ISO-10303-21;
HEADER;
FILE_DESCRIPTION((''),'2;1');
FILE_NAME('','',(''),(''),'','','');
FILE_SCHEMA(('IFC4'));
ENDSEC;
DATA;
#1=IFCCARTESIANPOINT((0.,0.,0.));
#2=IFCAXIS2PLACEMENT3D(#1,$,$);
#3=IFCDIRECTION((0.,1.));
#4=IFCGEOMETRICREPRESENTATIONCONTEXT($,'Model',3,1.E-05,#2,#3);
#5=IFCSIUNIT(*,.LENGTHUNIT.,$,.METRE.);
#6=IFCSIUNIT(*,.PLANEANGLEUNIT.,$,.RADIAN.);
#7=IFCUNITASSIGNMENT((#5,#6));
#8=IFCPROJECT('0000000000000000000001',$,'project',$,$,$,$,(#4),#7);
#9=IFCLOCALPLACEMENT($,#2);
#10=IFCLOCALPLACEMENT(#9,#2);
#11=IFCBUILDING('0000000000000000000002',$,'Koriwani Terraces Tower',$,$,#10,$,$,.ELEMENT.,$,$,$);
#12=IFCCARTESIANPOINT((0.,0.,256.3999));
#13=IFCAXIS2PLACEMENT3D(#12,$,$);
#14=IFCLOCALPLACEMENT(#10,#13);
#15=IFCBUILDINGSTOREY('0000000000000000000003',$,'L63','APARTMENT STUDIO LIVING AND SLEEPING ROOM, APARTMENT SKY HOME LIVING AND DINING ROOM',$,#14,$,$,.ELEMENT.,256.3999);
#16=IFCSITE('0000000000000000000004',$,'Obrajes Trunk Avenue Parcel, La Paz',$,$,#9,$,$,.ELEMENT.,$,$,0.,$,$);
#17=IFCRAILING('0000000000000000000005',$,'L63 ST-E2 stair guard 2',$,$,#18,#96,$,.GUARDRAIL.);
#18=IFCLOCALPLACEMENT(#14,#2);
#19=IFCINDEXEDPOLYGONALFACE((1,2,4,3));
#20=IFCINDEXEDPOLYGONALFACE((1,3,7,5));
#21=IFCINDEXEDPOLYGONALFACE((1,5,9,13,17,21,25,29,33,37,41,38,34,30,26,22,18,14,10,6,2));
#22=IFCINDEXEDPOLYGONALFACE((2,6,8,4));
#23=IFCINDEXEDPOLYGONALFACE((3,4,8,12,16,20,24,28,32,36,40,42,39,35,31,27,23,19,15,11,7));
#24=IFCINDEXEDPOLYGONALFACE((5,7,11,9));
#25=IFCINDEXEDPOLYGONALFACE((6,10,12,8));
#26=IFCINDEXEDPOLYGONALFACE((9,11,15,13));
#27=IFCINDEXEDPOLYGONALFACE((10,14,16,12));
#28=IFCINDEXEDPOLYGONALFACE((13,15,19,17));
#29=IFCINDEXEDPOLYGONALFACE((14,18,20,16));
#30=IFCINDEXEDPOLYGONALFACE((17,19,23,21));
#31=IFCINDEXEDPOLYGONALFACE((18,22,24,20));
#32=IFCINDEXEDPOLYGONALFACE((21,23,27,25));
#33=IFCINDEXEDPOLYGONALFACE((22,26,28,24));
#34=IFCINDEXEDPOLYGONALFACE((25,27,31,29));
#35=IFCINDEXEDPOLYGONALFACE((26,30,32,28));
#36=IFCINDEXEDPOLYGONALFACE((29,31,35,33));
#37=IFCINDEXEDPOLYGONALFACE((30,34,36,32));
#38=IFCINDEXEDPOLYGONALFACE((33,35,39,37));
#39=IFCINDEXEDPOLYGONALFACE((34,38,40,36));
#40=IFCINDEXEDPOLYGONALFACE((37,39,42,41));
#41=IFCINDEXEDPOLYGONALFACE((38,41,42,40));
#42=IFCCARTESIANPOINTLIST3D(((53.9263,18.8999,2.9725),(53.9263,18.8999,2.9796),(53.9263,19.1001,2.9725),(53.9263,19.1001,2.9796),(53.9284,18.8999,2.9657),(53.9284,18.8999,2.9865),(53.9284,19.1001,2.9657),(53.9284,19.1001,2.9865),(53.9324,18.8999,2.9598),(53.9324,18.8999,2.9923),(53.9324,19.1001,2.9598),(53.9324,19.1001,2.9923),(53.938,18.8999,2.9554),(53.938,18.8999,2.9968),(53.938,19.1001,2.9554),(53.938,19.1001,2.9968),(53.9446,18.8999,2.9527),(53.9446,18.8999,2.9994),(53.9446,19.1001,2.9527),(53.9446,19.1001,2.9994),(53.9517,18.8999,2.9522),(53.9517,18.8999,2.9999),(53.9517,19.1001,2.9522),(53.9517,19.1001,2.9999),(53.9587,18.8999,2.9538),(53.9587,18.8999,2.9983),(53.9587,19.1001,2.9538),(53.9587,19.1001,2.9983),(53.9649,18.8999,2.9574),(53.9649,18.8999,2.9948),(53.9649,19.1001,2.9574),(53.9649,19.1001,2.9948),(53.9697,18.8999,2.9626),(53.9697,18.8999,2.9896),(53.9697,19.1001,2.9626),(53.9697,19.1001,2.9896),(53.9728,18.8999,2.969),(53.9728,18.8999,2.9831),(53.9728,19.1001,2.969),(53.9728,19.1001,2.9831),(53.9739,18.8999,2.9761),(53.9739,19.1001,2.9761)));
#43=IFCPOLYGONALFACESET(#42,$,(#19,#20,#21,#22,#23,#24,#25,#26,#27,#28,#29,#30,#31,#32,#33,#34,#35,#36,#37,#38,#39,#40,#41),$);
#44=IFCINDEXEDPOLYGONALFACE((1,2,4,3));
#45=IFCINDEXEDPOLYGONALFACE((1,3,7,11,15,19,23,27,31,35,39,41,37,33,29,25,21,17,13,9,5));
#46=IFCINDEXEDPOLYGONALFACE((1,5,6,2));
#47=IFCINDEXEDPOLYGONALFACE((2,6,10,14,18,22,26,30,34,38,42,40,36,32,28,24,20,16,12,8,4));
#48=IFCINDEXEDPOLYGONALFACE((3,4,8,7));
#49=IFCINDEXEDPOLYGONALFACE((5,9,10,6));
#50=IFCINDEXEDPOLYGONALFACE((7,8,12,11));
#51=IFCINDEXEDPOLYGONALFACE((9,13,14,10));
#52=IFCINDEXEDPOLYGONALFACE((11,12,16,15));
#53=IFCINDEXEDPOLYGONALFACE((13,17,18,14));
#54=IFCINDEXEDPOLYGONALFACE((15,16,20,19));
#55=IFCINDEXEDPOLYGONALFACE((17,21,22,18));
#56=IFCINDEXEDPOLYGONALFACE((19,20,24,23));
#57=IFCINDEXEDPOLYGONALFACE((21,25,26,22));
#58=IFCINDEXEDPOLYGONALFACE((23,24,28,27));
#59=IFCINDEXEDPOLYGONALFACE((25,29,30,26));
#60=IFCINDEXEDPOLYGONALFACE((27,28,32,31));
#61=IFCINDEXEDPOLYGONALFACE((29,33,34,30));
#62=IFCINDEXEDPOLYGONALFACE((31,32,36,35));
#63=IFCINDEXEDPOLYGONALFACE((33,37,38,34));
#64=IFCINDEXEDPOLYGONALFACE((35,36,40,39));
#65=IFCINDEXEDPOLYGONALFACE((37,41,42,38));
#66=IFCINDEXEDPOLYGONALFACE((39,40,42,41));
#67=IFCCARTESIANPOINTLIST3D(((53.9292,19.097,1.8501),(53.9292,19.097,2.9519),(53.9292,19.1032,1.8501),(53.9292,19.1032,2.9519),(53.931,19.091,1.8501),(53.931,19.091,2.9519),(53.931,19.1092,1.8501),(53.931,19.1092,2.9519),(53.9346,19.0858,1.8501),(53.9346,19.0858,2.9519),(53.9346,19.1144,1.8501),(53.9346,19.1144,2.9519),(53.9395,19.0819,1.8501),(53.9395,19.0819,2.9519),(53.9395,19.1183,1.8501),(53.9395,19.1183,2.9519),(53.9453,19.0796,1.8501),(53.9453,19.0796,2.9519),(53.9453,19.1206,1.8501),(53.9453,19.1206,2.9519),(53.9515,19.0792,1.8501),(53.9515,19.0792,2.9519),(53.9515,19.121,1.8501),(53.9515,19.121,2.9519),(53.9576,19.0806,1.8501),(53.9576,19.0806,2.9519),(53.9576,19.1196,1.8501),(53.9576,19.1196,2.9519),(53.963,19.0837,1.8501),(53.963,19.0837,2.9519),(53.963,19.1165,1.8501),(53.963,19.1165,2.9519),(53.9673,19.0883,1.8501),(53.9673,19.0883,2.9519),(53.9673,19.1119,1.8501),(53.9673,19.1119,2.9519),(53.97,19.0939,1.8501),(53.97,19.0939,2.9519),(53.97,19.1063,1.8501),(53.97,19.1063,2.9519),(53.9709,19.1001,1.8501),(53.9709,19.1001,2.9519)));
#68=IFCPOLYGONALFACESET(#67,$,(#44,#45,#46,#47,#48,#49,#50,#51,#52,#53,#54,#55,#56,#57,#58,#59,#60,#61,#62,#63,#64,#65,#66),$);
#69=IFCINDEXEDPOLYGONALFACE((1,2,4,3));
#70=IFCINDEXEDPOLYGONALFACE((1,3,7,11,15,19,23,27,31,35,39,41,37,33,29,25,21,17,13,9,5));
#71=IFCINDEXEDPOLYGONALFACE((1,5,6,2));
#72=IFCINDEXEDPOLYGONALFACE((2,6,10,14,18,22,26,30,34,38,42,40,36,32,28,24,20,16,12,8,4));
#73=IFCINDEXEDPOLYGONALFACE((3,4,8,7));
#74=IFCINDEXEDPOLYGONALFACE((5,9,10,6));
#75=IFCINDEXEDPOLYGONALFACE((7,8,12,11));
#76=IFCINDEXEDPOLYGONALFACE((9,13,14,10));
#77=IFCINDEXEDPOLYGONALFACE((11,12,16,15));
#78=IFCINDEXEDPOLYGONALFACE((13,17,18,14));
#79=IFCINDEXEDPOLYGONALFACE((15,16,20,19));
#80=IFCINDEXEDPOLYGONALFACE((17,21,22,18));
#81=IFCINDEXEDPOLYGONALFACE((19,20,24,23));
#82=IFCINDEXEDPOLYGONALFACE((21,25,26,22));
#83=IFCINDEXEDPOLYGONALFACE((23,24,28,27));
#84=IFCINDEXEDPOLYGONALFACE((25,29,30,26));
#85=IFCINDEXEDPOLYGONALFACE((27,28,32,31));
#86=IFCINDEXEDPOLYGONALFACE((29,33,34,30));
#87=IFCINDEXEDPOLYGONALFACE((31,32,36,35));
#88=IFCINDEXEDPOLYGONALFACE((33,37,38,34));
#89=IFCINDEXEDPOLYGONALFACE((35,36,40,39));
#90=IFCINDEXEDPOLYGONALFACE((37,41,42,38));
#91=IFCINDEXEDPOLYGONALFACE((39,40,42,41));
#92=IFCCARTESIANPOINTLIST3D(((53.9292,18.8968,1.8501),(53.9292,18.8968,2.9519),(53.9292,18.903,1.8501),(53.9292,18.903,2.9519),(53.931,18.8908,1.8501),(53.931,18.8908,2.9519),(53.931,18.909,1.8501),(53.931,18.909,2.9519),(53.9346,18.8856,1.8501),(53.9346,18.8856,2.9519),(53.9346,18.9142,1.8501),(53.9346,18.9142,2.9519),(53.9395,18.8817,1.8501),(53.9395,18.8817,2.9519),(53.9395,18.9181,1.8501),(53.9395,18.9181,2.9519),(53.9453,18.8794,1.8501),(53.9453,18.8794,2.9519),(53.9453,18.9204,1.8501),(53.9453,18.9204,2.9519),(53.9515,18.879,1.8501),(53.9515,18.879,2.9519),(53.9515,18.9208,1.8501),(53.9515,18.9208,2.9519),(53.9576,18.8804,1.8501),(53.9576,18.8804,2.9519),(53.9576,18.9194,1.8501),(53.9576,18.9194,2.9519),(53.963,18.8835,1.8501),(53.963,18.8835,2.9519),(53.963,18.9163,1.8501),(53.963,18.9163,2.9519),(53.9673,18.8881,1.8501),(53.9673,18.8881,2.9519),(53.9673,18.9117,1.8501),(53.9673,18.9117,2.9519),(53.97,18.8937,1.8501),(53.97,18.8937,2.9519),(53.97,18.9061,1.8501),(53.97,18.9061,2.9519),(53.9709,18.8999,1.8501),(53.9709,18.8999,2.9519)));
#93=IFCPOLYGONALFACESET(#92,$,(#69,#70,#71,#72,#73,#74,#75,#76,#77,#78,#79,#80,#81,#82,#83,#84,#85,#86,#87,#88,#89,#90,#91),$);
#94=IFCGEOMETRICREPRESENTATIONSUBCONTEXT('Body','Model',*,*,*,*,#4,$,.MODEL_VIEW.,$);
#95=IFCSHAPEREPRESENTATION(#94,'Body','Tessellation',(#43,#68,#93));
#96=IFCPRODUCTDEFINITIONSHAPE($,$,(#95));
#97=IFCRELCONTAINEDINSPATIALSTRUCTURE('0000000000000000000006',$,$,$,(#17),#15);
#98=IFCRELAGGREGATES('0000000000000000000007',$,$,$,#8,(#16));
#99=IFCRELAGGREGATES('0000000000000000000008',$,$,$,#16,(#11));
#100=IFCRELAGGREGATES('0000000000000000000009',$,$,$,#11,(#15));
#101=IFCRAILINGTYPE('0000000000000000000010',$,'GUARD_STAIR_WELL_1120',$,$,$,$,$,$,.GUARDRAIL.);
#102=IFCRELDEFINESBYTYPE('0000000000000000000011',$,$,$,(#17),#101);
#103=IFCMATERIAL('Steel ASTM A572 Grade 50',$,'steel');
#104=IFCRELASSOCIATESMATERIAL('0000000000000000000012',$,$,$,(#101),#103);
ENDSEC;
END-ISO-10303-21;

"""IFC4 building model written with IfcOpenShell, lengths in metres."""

from ifc_helpers import new_model, si_unit, direction, frame, origin, origin_2d, place, context, subcontext, project, spatial, circle, extrude, material, type_object, element, save


model = new_model("IFC4")

# Units and contexts
model_context = context("Model", 3, precision=1e-05, world=origin(), true_north=direction((0.0, 1.0)))
body_context = subcontext(model_context, "Body", "Model", "MODEL_VIEW")
ifc_project = project(units=[si_unit("LENGTHUNIT", "METRE"), si_unit("PLANEANGLEUNIT", "RADIAN")], contexts=[model_context])

# Site, building, storey
site_placement = place(None, origin())
site = spatial("IfcSite", under=ifc_project, at=site_placement, Name="Obrajes Trunk Avenue Parcel, La Paz", CompositionType="ELEMENT", RefElevation=0.0)
building_placement = place(site_placement, origin())
building = spatial("IfcBuilding", under=site, at=building_placement, Name="Koriwani Terraces Tower", CompositionType="ELEMENT")
storey_placement = place(building_placement, frame((0.0, 0.0, 256.3999)))
storey = spatial("IfcBuildingStorey", under=building, at=storey_placement, Name="L63", Description="APARTMENT STUDIO LIVING AND SLEEPING ROOM, APARTMENT SKY HOME LIVING AND DINING ROOM", CompositionType="ELEMENT", Elevation=256.3999)

# Shared definitions
ifc_material_1 = material(Name="Steel ASTM A572 Grade 50", Category="steel")

# Railing
railing_type_1 = type_object("IfcRailingType", Name="GUARD_STAIR_WELL_1120", PredefinedType="GUARDRAIL", material=ifc_material_1)
railing_1_placement = place(storey_placement, frame((53.95, 19.1001, 1.8501)))
element("IfcRailing", 1, at=railing_1_placement, inside=storey, type_object=railing_type_1, Name="L63 ST-E2 stair guard 2", PredefinedType="GUARDRAIL", context=body_context, shape_type="SweptSolid", body=[
    extrude(circle(Radius=0.0239, at=origin_2d()), frame((0.0, 0.0, 1.126), z_axis=(0.0, -1.0, 0.0), x_axis=(1.0, 0.0, 0.0)), (0.0, 0.0, 1.0), 0.2002),
    extrude(circle(Radius=0.021, at=origin_2d()), origin(), (0.0, 0.0, 1.0), 1.1018),
    extrude(circle(Radius=0.021, at=origin_2d()), frame((0.0, -0.2002, 0.0)), (0.0, 0.0, 1.0), 1.1018),
])

save(model, "model.ifc")
